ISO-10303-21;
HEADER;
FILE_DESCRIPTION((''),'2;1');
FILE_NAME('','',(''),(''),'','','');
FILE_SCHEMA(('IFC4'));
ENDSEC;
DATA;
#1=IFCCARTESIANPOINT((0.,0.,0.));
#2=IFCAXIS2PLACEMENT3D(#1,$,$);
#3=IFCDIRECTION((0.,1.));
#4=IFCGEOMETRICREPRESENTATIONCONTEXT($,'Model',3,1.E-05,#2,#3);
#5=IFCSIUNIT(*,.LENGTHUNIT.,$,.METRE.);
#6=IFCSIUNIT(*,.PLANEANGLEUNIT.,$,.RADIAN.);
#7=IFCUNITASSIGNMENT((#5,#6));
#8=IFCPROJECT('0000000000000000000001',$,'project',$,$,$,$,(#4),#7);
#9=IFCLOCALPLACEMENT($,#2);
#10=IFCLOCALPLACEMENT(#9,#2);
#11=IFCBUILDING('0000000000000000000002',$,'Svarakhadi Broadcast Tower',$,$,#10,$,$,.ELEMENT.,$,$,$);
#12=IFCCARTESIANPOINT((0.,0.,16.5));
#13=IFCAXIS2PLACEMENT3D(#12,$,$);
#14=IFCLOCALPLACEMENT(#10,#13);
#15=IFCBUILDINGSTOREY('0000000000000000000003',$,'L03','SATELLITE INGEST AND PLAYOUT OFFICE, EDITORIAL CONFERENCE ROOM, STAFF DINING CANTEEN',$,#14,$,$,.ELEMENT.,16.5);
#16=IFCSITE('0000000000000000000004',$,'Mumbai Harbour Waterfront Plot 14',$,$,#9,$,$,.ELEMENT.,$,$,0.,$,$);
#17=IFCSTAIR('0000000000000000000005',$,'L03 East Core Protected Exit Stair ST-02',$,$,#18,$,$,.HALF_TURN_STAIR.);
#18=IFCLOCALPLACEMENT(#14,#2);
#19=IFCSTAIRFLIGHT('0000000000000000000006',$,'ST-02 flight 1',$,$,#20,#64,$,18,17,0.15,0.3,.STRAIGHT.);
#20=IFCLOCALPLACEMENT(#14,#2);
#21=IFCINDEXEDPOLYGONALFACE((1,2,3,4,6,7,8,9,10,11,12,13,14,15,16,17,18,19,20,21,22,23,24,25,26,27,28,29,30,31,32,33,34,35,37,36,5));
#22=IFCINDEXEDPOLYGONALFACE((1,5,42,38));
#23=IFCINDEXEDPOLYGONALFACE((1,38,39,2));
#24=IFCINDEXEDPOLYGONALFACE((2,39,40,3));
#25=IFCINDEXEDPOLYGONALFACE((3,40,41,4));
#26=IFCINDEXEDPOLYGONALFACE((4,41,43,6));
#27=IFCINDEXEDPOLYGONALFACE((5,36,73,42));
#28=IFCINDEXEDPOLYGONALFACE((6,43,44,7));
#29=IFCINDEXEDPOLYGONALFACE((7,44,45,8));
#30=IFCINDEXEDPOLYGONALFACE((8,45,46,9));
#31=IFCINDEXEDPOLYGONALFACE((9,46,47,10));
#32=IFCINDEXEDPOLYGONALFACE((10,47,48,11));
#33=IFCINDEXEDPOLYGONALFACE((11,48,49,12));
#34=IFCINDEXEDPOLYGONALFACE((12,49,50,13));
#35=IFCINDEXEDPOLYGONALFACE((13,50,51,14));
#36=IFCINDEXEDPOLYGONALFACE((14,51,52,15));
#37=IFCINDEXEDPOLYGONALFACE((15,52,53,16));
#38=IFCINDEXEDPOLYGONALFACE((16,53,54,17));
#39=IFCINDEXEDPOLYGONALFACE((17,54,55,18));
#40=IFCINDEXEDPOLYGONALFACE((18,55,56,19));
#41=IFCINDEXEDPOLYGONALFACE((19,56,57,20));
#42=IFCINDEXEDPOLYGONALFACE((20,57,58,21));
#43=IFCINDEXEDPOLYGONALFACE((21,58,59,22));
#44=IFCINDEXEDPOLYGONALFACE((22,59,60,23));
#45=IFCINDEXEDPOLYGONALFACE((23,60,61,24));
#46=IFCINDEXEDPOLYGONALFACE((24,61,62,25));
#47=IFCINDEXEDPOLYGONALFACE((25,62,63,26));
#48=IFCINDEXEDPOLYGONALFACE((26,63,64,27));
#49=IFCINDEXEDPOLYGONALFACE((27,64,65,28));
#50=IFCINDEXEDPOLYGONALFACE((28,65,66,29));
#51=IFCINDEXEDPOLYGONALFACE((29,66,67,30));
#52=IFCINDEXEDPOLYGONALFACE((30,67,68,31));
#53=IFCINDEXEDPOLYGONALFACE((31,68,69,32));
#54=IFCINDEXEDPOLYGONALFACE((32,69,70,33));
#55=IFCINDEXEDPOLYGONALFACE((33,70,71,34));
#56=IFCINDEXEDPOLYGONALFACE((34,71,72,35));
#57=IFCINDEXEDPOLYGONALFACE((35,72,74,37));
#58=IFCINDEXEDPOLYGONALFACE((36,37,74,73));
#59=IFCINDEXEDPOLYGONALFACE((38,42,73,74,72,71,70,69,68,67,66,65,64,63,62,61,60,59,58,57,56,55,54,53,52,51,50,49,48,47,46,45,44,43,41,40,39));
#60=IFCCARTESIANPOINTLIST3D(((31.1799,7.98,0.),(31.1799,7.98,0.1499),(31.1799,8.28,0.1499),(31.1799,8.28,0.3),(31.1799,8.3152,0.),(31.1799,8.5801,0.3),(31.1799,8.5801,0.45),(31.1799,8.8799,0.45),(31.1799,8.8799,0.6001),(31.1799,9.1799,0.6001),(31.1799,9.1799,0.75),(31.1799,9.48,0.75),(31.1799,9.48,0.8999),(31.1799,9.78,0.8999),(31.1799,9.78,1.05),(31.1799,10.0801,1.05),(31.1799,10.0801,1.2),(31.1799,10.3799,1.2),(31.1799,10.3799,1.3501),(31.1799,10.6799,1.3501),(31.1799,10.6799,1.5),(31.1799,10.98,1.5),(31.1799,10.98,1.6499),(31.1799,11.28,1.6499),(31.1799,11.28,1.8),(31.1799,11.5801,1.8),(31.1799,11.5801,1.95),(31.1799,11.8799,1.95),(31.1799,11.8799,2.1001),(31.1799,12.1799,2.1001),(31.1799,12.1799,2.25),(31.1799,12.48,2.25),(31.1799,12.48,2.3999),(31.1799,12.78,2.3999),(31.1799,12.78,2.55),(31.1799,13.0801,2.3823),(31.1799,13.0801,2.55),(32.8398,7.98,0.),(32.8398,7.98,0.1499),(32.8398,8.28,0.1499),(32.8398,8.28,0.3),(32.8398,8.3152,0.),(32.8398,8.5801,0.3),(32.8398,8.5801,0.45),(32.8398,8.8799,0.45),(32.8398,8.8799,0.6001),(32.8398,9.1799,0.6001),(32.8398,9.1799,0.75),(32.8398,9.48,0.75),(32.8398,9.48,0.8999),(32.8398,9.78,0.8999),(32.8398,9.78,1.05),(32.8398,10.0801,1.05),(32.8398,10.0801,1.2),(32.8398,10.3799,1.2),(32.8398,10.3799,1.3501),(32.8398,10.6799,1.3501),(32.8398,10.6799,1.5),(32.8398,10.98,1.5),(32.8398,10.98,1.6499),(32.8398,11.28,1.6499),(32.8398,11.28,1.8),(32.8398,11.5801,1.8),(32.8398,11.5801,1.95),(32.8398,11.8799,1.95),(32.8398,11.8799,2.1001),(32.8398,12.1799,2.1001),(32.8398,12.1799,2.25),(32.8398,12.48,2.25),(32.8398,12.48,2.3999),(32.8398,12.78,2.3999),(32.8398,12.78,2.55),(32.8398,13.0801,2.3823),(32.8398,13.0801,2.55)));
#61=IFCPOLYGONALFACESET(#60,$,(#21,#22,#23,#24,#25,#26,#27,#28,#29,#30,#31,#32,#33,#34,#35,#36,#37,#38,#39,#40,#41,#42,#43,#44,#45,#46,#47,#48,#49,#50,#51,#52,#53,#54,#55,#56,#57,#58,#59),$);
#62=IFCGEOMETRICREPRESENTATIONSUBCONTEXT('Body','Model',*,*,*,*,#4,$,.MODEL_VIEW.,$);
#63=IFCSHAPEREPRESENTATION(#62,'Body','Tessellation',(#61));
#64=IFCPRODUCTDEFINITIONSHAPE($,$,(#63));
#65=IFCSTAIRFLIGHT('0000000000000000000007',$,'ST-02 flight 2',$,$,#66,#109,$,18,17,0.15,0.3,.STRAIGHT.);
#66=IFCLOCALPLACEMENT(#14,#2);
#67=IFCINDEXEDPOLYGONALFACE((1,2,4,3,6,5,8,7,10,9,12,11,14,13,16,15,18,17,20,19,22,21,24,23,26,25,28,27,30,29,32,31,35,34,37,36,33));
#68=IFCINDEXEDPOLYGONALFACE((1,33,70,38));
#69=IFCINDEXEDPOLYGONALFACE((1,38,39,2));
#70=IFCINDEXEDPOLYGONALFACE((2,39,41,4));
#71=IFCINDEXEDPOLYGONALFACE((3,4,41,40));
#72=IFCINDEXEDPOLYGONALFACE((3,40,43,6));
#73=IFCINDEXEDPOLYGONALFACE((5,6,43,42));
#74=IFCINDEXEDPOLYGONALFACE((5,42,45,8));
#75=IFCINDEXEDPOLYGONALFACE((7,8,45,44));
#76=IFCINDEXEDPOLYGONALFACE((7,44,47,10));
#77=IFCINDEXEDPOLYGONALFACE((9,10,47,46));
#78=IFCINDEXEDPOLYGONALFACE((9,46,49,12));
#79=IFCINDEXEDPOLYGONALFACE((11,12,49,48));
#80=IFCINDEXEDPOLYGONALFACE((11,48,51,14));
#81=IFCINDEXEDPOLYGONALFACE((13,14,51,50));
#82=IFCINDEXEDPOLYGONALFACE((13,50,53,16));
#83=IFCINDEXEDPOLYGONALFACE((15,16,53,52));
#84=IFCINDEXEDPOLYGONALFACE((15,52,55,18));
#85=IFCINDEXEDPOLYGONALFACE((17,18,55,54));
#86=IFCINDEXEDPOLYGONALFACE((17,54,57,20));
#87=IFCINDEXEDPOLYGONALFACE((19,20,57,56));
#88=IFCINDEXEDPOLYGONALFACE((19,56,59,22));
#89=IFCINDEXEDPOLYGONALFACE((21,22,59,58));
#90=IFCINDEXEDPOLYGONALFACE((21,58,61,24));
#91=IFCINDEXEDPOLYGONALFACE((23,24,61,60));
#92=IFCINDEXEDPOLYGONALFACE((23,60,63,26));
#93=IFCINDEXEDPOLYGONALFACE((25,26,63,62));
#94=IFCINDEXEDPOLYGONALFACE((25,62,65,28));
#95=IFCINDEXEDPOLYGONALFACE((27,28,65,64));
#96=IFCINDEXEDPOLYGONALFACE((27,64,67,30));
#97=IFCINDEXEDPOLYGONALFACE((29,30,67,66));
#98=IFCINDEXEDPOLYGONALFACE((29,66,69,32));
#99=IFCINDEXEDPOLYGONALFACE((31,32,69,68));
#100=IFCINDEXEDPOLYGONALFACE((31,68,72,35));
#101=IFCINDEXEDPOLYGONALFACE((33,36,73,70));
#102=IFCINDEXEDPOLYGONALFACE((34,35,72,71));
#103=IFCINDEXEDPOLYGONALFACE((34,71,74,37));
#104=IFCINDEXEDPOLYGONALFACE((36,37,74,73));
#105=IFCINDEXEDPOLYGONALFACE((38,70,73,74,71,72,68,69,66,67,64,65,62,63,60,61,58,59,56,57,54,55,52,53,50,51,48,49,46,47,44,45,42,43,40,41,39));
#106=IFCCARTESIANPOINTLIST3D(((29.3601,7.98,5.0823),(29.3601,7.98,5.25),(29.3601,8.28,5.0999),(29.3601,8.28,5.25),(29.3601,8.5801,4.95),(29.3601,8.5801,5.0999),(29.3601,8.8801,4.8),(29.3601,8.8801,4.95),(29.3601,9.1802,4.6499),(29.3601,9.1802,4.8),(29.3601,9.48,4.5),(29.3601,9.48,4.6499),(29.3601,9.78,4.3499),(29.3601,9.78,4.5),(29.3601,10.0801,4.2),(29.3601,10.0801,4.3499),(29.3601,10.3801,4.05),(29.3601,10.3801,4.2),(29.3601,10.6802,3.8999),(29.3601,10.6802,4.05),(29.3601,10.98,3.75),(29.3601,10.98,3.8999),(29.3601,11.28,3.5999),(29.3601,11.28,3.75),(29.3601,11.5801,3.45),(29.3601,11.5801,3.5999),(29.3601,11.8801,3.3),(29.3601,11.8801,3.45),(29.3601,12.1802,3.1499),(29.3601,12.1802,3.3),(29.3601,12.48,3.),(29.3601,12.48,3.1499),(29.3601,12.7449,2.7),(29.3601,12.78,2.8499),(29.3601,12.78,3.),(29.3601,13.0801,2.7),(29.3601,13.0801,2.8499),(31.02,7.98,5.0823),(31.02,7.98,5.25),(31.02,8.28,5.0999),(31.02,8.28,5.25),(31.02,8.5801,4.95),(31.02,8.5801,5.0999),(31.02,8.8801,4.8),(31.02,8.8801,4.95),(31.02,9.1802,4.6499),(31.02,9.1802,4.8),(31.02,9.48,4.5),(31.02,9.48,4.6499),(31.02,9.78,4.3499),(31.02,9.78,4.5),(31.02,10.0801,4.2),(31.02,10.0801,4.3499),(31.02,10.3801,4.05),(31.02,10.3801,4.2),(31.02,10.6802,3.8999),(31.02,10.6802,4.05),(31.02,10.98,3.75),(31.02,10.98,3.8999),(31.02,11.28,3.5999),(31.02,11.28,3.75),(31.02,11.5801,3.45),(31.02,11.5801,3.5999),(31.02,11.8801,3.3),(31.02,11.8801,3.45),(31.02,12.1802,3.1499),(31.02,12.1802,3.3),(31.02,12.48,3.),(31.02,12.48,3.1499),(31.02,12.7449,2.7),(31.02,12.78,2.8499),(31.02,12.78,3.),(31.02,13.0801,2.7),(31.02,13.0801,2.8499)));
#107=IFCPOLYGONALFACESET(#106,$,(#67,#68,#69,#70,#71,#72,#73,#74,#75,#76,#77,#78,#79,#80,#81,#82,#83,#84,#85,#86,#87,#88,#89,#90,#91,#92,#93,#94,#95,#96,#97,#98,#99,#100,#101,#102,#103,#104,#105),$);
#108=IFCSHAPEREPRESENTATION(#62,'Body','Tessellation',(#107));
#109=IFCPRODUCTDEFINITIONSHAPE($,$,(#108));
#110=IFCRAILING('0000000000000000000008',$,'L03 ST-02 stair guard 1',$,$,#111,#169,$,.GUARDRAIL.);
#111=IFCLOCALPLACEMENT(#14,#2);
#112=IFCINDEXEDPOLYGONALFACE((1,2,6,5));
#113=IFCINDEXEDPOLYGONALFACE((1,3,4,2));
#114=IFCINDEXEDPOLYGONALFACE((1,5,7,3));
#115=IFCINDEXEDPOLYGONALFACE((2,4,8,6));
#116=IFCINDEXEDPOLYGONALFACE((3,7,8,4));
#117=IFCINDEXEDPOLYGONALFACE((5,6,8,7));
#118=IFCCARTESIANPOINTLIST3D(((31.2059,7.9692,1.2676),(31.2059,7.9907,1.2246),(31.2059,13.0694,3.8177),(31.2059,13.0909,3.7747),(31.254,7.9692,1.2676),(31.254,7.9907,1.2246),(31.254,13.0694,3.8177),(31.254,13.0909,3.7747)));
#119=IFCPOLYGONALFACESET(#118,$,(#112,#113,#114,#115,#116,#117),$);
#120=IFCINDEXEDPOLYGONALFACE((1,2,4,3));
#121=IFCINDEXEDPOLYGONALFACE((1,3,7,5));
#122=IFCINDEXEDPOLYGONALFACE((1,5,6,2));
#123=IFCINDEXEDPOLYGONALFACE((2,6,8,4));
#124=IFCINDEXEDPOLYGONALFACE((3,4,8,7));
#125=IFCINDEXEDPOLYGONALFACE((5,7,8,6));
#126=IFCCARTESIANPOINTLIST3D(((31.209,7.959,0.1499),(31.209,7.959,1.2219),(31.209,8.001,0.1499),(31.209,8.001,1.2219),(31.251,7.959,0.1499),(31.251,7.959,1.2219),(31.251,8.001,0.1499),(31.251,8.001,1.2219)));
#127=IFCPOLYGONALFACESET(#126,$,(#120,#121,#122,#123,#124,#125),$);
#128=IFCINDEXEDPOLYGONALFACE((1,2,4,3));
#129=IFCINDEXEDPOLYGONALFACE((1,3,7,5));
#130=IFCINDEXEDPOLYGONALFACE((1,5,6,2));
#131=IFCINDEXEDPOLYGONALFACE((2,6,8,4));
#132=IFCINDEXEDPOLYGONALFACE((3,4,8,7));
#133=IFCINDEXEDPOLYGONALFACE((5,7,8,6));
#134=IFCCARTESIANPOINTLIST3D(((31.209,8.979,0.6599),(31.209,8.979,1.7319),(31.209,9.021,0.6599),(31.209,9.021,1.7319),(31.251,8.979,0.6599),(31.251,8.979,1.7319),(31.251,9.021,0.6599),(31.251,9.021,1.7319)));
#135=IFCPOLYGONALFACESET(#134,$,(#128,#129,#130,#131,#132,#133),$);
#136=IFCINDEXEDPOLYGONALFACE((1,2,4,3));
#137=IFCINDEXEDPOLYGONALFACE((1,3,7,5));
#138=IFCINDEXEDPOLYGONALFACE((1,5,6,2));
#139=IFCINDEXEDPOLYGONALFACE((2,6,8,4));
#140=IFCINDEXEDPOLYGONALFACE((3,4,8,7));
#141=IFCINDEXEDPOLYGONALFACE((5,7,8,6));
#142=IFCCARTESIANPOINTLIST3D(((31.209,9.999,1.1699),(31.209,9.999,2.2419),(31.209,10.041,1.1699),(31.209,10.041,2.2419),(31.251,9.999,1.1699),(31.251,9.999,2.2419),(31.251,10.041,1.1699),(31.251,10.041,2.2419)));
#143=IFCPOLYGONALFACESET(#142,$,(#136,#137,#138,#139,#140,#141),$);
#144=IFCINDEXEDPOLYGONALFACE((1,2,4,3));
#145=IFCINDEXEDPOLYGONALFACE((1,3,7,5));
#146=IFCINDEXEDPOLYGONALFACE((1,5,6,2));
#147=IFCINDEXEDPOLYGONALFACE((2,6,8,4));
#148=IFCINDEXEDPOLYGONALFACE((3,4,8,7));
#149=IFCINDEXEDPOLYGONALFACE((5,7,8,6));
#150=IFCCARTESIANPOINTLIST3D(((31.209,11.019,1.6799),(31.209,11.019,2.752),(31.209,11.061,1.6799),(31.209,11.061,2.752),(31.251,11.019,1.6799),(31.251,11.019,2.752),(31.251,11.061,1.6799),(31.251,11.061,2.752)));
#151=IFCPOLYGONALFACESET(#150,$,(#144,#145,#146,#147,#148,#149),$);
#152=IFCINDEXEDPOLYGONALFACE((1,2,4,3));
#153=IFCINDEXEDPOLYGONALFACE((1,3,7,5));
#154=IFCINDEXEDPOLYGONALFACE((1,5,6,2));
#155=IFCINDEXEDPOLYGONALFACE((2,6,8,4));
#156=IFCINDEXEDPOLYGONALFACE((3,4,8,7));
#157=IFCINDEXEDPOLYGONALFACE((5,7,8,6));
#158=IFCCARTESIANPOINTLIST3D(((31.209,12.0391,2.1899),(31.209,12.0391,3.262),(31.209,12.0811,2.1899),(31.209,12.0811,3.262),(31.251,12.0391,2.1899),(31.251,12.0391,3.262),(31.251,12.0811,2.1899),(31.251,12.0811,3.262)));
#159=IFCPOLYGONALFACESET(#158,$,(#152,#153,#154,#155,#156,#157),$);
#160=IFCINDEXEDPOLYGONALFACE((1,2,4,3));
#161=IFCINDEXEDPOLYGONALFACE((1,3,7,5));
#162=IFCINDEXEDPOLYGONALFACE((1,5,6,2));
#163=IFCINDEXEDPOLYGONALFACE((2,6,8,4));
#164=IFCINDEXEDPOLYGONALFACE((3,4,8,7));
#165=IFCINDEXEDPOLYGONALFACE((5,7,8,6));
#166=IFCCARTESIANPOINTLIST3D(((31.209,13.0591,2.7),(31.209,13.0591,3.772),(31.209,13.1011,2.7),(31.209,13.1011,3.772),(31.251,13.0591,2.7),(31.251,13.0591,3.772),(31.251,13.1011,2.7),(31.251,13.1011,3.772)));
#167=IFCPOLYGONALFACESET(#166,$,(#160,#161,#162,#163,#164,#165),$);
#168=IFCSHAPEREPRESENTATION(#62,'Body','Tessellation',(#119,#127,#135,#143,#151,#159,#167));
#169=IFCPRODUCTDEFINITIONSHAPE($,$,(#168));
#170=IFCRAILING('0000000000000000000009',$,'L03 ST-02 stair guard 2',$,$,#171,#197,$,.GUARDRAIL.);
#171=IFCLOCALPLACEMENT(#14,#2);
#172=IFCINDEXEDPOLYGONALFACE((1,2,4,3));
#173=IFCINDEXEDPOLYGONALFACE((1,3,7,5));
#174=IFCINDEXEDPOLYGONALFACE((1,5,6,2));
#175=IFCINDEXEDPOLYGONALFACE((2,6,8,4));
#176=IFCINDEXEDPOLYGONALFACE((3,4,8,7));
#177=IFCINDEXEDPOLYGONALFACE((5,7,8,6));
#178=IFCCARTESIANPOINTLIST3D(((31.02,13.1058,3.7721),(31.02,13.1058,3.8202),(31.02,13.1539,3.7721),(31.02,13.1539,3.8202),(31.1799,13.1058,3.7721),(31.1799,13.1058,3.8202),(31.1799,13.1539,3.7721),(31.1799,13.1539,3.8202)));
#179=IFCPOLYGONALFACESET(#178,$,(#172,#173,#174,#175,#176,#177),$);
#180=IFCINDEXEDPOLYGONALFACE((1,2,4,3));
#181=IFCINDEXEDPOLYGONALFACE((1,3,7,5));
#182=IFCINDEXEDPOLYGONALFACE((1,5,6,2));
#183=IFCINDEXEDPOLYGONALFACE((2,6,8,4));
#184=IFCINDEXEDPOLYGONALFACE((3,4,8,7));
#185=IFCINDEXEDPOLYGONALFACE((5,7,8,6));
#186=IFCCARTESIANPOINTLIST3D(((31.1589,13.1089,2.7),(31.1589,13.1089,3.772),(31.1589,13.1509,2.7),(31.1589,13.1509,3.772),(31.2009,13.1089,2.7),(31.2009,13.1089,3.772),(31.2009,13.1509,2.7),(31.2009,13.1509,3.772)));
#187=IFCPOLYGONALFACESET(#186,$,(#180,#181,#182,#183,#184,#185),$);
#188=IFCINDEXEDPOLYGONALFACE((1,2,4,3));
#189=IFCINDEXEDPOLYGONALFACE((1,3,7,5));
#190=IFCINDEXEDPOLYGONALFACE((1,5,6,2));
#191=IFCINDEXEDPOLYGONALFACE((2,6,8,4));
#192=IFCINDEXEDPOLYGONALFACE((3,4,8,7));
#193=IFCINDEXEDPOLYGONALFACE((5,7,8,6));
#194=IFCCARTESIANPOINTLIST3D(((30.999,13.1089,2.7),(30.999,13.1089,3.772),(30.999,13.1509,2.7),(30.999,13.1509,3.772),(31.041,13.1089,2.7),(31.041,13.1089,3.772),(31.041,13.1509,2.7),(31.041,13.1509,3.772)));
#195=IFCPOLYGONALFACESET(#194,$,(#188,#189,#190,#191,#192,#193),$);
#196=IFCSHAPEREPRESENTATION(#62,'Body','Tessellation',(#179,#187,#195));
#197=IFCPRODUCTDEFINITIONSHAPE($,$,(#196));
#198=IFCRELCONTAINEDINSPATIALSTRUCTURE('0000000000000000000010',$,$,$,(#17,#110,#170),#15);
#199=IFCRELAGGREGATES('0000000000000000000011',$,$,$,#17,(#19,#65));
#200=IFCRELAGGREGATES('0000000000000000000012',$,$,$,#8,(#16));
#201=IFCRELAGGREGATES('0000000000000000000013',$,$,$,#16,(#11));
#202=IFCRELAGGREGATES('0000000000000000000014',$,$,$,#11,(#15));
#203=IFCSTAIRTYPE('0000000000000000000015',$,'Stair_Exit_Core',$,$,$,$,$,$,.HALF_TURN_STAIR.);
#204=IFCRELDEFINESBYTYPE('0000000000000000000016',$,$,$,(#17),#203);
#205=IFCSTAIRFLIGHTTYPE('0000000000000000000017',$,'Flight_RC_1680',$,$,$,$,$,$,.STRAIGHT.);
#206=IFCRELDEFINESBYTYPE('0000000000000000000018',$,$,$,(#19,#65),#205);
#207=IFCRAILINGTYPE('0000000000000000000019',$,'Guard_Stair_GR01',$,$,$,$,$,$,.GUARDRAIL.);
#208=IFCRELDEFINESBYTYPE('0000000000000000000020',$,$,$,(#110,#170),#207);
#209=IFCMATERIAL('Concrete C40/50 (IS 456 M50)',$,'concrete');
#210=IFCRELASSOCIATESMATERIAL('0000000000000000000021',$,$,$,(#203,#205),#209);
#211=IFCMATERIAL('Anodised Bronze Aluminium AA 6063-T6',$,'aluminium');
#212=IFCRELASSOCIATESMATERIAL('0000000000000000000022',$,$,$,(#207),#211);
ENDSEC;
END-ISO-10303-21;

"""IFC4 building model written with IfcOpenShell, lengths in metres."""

from ifc_helpers import new_model, si_unit, direction, frame, origin, origin_2d, place, context, subcontext, project, spatial, polyline, rectangle, outline, extrude, material, type_object, element, aggregate, save


model = new_model("IFC4")

# Units and contexts
model_context = context("Model", 3, precision=1e-05, world=origin(), true_north=direction((0.0, 1.0)))
body_context = subcontext(model_context, "Body", "Model", "MODEL_VIEW")
ifc_project = project(units=[si_unit("LENGTHUNIT", "METRE"), si_unit("PLANEANGLEUNIT", "RADIAN")], contexts=[model_context])

# Site, building, storey
site_placement = place(None, origin())
site = spatial("IfcSite", under=ifc_project, at=site_placement, Name="Mumbai Harbour Waterfront Plot 14", CompositionType="ELEMENT", RefElevation=0.0)
building_placement = place(site_placement, origin())
building = spatial("IfcBuilding", under=site, at=building_placement, Name="Svarakhadi Broadcast Tower", CompositionType="ELEMENT")
storey_placement = place(building_placement, frame((0.0, 0.0, 16.5)))
storey = spatial("IfcBuildingStorey", under=building, at=storey_placement, Name="L03", Description="SATELLITE INGEST AND PLAYOUT OFFICE, EDITORIAL CONFERENCE ROOM, STAFF DINING CANTEEN", CompositionType="ELEMENT", Elevation=16.5)

# Shared definitions
ifc_material_1 = material(Name="Concrete C40/50 (IS 456 M50)", Category="concrete")

# Stair, stair flights
stair_type = type_object("IfcStairType", Name="Stair_Exit_Core", PredefinedType="HALF_TURN_STAIR", material=ifc_material_1)
stair_placement = place(storey_placement, origin())
stair = element("IfcStair", 1, at=stair_placement, inside=storey, type_object=stair_type, Name="L03 East Core Protected Exit Stair ST-02", PredefinedType="HALF_TURN_STAIR")
stair_flight_type = type_object("IfcStairFlightType", Name="Flight_RC_1680", PredefinedType="STRAIGHT", material=ifc_material_1)
stair_flight_1_placement = place(storey_placement, frame((32.01, 7.98, 0.0), z_axis=(0.0, 0.0, 1.0), x_axis=(0.0, 1.0, 0.0)))
stair_flight_1 = element("IfcStairFlight", 2, at=stair_flight_1_placement, type_object=stair_flight_type, Name="ST-02 flight 1", NumberOfRisers=18, NumberOfTreads=17, PredefinedType="STRAIGHT", RiserHeight=0.15, TreadLength=0.3, context=body_context, shape_type="SweptSolid", body=[
    extrude(outline(polyline([(0.0, 0.0), (0.0, 0.1499), (0.3, 0.1499), (0.3, 0.3), (0.6001, 0.3), (0.6001, 0.45), (0.8999, 0.45), (0.8999, 0.6001), (1.2, 0.6001), (1.2, 0.75), (1.5, 0.75), (1.5, 0.8999), (1.8, 0.8999), (1.8, 1.05), (2.1001, 1.05), (2.1001, 1.2), (2.3999, 1.2), (2.3999, 1.3501), (2.7, 1.3501), (2.7, 1.5), (3.0, 1.5), (3.0, 1.6499), (3.3, 1.6499), (3.3, 1.8), (3.6001, 1.8), (3.6001, 1.95), (3.8999, 1.95), (3.8999, 2.1001), (4.2, 2.1001), (4.2, 2.25), (4.5, 2.25), (4.5, 2.3999), (4.8, 2.3999), (4.8, 2.55), (5.1001, 2.55), (5.1001, 2.7), (5.1001, 2.3823), (0.3352, 0.0), (0.0, 0.0)])), frame((0.0, 0.8301, 0.0), z_axis=(0.0, -1.0, 0.0), x_axis=(1.0, 0.0, 0.0)), (0.0, 0.0, 1.0), 1.6599),
])
stair_flight_2_placement = place(storey_placement, frame((30.1899, 13.0801, 2.7), z_axis=(0.0, 0.0, 1.0), x_axis=(0.0, -1.0, 0.0)))
stair_flight_2 = element("IfcStairFlight", 3, at=stair_flight_2_placement, type_object=stair_flight_type, Name="ST-02 flight 2", NumberOfRisers=18, NumberOfTreads=17, PredefinedType="STRAIGHT", RiserHeight=0.15, TreadLength=0.3, context=body_context, shape_type="SweptSolid", body=[
    extrude(outline(polyline([(0.0, 0.0), (0.0, 0.1499), (0.3, 0.1499), (0.3, 0.3), (0.6001, 0.3), (0.6001, 0.45), (0.8999, 0.45), (0.8999, 0.6001), (1.2, 0.6001), (1.2, 0.75), (1.5, 0.75), (1.5, 0.8999), (1.8, 0.8999), (1.8, 1.05), (2.1001, 1.05), (2.1001, 1.2), (2.3999, 1.2), (2.3999, 1.3501), (2.7, 1.3501), (2.7, 1.5), (3.0, 1.5), (3.0, 1.6499), (3.3, 1.6499), (3.3, 1.8), (3.6001, 1.8), (3.6001, 1.95), (3.8999, 1.95), (3.8999, 2.1001), (4.2, 2.1001), (4.2, 2.25), (4.5, 2.25), (4.5, 2.3999), (4.8, 2.3999), (4.8, 2.55), (5.1001, 2.55), (5.1001, 2.7), (5.1001, 2.3823), (0.3352, 0.0), (0.0, 0.0)])), frame((0.0, 0.8301, 0.0), z_axis=(0.0, -1.0, 0.0), x_axis=(1.0, 0.0, 0.0)), (0.0, 0.0, 1.0), 1.6599),
])
aggregate(stair, [stair_flight_1, stair_flight_2])

# Railings
ifc_material_2 = material(Name="Anodised Bronze Aluminium AA 6063-T6", Category="aluminium")
railing_type_1 = type_object("IfcRailingType", Name="Guard_Stair_GR01", PredefinedType="GUARDRAIL", material=ifc_material_2)
railing_1_placement = place(storey_placement, frame((31.23, 7.98, 0.1499)))
element("IfcRailing", 4, at=railing_1_placement, inside=storey, type_object=railing_type_1, Name="L03 ST-02 stair guard 1", PredefinedType="GUARDRAIL", context=body_context, shape_type="SweptSolid", body=[
    extrude(rectangle(XDim=0.0481, YDim=0.0481, at=origin_2d()), frame((0.0, 0.0, 1.0962), z_axis=(0.0, 0.894427, 0.447214), x_axis=(-1.0, 0.0, 0.0)), (0.0, 0.0, 1.0), 5.7021),
    extrude(rectangle(XDim=0.042, YDim=0.042, at=origin_2d()), origin(), (0.0, 0.0, 1.0), 1.072),
    extrude(rectangle(XDim=0.042, YDim=0.042, at=origin_2d()), frame((0.0, 1.02, 0.51)), (0.0, 0.0, 1.0), 1.072),
    extrude(rectangle(XDim=0.042, YDim=0.042, at=origin_2d()), frame((0.0, 2.04, 1.02)), (0.0, 0.0, 1.0), 1.072),
    extrude(rectangle(XDim=0.042, YDim=0.042, at=origin_2d()), frame((0.0, 3.0601, 1.53)), (0.0, 0.0, 1.0), 1.072),
    extrude(rectangle(XDim=0.042, YDim=0.042, at=origin_2d()), frame((0.0, 4.0801, 2.04)), (0.0, 0.0, 1.0), 1.072),
    extrude(rectangle(XDim=0.042, YDim=0.042, at=origin_2d()), frame((0.0, 5.1001, 2.55)), (0.0, 0.0, 1.0), 1.072),
])
railing_2_placement = place(storey_placement, frame((31.1799, 13.1299, 2.7)))
element("IfcRailing", 5, at=railing_2_placement, inside=storey, type_object=railing_type_1, Name="L03 ST-02 stair guard 2", PredefinedType="GUARDRAIL", context=body_context, shape_type="SweptSolid", body=[
    extrude(rectangle(XDim=0.0481, YDim=0.0481, at=origin_2d()), frame((0.0, 0.0, 1.0962), z_axis=(-1.0, 0.0, 0.0), x_axis=(0.0, -1.0, 0.0)), (0.0, 0.0, 1.0), 0.1599),
    extrude(rectangle(XDim=0.042, YDim=0.042, at=origin_2d()), origin(), (0.0, 0.0, 1.0), 1.072),
    extrude(rectangle(XDim=0.042, YDim=0.042, at=origin_2d()), frame((-0.1599, 0.0, 0.0)), (0.0, 0.0, 1.0), 1.072),
])

save(model, "model.ifc")
